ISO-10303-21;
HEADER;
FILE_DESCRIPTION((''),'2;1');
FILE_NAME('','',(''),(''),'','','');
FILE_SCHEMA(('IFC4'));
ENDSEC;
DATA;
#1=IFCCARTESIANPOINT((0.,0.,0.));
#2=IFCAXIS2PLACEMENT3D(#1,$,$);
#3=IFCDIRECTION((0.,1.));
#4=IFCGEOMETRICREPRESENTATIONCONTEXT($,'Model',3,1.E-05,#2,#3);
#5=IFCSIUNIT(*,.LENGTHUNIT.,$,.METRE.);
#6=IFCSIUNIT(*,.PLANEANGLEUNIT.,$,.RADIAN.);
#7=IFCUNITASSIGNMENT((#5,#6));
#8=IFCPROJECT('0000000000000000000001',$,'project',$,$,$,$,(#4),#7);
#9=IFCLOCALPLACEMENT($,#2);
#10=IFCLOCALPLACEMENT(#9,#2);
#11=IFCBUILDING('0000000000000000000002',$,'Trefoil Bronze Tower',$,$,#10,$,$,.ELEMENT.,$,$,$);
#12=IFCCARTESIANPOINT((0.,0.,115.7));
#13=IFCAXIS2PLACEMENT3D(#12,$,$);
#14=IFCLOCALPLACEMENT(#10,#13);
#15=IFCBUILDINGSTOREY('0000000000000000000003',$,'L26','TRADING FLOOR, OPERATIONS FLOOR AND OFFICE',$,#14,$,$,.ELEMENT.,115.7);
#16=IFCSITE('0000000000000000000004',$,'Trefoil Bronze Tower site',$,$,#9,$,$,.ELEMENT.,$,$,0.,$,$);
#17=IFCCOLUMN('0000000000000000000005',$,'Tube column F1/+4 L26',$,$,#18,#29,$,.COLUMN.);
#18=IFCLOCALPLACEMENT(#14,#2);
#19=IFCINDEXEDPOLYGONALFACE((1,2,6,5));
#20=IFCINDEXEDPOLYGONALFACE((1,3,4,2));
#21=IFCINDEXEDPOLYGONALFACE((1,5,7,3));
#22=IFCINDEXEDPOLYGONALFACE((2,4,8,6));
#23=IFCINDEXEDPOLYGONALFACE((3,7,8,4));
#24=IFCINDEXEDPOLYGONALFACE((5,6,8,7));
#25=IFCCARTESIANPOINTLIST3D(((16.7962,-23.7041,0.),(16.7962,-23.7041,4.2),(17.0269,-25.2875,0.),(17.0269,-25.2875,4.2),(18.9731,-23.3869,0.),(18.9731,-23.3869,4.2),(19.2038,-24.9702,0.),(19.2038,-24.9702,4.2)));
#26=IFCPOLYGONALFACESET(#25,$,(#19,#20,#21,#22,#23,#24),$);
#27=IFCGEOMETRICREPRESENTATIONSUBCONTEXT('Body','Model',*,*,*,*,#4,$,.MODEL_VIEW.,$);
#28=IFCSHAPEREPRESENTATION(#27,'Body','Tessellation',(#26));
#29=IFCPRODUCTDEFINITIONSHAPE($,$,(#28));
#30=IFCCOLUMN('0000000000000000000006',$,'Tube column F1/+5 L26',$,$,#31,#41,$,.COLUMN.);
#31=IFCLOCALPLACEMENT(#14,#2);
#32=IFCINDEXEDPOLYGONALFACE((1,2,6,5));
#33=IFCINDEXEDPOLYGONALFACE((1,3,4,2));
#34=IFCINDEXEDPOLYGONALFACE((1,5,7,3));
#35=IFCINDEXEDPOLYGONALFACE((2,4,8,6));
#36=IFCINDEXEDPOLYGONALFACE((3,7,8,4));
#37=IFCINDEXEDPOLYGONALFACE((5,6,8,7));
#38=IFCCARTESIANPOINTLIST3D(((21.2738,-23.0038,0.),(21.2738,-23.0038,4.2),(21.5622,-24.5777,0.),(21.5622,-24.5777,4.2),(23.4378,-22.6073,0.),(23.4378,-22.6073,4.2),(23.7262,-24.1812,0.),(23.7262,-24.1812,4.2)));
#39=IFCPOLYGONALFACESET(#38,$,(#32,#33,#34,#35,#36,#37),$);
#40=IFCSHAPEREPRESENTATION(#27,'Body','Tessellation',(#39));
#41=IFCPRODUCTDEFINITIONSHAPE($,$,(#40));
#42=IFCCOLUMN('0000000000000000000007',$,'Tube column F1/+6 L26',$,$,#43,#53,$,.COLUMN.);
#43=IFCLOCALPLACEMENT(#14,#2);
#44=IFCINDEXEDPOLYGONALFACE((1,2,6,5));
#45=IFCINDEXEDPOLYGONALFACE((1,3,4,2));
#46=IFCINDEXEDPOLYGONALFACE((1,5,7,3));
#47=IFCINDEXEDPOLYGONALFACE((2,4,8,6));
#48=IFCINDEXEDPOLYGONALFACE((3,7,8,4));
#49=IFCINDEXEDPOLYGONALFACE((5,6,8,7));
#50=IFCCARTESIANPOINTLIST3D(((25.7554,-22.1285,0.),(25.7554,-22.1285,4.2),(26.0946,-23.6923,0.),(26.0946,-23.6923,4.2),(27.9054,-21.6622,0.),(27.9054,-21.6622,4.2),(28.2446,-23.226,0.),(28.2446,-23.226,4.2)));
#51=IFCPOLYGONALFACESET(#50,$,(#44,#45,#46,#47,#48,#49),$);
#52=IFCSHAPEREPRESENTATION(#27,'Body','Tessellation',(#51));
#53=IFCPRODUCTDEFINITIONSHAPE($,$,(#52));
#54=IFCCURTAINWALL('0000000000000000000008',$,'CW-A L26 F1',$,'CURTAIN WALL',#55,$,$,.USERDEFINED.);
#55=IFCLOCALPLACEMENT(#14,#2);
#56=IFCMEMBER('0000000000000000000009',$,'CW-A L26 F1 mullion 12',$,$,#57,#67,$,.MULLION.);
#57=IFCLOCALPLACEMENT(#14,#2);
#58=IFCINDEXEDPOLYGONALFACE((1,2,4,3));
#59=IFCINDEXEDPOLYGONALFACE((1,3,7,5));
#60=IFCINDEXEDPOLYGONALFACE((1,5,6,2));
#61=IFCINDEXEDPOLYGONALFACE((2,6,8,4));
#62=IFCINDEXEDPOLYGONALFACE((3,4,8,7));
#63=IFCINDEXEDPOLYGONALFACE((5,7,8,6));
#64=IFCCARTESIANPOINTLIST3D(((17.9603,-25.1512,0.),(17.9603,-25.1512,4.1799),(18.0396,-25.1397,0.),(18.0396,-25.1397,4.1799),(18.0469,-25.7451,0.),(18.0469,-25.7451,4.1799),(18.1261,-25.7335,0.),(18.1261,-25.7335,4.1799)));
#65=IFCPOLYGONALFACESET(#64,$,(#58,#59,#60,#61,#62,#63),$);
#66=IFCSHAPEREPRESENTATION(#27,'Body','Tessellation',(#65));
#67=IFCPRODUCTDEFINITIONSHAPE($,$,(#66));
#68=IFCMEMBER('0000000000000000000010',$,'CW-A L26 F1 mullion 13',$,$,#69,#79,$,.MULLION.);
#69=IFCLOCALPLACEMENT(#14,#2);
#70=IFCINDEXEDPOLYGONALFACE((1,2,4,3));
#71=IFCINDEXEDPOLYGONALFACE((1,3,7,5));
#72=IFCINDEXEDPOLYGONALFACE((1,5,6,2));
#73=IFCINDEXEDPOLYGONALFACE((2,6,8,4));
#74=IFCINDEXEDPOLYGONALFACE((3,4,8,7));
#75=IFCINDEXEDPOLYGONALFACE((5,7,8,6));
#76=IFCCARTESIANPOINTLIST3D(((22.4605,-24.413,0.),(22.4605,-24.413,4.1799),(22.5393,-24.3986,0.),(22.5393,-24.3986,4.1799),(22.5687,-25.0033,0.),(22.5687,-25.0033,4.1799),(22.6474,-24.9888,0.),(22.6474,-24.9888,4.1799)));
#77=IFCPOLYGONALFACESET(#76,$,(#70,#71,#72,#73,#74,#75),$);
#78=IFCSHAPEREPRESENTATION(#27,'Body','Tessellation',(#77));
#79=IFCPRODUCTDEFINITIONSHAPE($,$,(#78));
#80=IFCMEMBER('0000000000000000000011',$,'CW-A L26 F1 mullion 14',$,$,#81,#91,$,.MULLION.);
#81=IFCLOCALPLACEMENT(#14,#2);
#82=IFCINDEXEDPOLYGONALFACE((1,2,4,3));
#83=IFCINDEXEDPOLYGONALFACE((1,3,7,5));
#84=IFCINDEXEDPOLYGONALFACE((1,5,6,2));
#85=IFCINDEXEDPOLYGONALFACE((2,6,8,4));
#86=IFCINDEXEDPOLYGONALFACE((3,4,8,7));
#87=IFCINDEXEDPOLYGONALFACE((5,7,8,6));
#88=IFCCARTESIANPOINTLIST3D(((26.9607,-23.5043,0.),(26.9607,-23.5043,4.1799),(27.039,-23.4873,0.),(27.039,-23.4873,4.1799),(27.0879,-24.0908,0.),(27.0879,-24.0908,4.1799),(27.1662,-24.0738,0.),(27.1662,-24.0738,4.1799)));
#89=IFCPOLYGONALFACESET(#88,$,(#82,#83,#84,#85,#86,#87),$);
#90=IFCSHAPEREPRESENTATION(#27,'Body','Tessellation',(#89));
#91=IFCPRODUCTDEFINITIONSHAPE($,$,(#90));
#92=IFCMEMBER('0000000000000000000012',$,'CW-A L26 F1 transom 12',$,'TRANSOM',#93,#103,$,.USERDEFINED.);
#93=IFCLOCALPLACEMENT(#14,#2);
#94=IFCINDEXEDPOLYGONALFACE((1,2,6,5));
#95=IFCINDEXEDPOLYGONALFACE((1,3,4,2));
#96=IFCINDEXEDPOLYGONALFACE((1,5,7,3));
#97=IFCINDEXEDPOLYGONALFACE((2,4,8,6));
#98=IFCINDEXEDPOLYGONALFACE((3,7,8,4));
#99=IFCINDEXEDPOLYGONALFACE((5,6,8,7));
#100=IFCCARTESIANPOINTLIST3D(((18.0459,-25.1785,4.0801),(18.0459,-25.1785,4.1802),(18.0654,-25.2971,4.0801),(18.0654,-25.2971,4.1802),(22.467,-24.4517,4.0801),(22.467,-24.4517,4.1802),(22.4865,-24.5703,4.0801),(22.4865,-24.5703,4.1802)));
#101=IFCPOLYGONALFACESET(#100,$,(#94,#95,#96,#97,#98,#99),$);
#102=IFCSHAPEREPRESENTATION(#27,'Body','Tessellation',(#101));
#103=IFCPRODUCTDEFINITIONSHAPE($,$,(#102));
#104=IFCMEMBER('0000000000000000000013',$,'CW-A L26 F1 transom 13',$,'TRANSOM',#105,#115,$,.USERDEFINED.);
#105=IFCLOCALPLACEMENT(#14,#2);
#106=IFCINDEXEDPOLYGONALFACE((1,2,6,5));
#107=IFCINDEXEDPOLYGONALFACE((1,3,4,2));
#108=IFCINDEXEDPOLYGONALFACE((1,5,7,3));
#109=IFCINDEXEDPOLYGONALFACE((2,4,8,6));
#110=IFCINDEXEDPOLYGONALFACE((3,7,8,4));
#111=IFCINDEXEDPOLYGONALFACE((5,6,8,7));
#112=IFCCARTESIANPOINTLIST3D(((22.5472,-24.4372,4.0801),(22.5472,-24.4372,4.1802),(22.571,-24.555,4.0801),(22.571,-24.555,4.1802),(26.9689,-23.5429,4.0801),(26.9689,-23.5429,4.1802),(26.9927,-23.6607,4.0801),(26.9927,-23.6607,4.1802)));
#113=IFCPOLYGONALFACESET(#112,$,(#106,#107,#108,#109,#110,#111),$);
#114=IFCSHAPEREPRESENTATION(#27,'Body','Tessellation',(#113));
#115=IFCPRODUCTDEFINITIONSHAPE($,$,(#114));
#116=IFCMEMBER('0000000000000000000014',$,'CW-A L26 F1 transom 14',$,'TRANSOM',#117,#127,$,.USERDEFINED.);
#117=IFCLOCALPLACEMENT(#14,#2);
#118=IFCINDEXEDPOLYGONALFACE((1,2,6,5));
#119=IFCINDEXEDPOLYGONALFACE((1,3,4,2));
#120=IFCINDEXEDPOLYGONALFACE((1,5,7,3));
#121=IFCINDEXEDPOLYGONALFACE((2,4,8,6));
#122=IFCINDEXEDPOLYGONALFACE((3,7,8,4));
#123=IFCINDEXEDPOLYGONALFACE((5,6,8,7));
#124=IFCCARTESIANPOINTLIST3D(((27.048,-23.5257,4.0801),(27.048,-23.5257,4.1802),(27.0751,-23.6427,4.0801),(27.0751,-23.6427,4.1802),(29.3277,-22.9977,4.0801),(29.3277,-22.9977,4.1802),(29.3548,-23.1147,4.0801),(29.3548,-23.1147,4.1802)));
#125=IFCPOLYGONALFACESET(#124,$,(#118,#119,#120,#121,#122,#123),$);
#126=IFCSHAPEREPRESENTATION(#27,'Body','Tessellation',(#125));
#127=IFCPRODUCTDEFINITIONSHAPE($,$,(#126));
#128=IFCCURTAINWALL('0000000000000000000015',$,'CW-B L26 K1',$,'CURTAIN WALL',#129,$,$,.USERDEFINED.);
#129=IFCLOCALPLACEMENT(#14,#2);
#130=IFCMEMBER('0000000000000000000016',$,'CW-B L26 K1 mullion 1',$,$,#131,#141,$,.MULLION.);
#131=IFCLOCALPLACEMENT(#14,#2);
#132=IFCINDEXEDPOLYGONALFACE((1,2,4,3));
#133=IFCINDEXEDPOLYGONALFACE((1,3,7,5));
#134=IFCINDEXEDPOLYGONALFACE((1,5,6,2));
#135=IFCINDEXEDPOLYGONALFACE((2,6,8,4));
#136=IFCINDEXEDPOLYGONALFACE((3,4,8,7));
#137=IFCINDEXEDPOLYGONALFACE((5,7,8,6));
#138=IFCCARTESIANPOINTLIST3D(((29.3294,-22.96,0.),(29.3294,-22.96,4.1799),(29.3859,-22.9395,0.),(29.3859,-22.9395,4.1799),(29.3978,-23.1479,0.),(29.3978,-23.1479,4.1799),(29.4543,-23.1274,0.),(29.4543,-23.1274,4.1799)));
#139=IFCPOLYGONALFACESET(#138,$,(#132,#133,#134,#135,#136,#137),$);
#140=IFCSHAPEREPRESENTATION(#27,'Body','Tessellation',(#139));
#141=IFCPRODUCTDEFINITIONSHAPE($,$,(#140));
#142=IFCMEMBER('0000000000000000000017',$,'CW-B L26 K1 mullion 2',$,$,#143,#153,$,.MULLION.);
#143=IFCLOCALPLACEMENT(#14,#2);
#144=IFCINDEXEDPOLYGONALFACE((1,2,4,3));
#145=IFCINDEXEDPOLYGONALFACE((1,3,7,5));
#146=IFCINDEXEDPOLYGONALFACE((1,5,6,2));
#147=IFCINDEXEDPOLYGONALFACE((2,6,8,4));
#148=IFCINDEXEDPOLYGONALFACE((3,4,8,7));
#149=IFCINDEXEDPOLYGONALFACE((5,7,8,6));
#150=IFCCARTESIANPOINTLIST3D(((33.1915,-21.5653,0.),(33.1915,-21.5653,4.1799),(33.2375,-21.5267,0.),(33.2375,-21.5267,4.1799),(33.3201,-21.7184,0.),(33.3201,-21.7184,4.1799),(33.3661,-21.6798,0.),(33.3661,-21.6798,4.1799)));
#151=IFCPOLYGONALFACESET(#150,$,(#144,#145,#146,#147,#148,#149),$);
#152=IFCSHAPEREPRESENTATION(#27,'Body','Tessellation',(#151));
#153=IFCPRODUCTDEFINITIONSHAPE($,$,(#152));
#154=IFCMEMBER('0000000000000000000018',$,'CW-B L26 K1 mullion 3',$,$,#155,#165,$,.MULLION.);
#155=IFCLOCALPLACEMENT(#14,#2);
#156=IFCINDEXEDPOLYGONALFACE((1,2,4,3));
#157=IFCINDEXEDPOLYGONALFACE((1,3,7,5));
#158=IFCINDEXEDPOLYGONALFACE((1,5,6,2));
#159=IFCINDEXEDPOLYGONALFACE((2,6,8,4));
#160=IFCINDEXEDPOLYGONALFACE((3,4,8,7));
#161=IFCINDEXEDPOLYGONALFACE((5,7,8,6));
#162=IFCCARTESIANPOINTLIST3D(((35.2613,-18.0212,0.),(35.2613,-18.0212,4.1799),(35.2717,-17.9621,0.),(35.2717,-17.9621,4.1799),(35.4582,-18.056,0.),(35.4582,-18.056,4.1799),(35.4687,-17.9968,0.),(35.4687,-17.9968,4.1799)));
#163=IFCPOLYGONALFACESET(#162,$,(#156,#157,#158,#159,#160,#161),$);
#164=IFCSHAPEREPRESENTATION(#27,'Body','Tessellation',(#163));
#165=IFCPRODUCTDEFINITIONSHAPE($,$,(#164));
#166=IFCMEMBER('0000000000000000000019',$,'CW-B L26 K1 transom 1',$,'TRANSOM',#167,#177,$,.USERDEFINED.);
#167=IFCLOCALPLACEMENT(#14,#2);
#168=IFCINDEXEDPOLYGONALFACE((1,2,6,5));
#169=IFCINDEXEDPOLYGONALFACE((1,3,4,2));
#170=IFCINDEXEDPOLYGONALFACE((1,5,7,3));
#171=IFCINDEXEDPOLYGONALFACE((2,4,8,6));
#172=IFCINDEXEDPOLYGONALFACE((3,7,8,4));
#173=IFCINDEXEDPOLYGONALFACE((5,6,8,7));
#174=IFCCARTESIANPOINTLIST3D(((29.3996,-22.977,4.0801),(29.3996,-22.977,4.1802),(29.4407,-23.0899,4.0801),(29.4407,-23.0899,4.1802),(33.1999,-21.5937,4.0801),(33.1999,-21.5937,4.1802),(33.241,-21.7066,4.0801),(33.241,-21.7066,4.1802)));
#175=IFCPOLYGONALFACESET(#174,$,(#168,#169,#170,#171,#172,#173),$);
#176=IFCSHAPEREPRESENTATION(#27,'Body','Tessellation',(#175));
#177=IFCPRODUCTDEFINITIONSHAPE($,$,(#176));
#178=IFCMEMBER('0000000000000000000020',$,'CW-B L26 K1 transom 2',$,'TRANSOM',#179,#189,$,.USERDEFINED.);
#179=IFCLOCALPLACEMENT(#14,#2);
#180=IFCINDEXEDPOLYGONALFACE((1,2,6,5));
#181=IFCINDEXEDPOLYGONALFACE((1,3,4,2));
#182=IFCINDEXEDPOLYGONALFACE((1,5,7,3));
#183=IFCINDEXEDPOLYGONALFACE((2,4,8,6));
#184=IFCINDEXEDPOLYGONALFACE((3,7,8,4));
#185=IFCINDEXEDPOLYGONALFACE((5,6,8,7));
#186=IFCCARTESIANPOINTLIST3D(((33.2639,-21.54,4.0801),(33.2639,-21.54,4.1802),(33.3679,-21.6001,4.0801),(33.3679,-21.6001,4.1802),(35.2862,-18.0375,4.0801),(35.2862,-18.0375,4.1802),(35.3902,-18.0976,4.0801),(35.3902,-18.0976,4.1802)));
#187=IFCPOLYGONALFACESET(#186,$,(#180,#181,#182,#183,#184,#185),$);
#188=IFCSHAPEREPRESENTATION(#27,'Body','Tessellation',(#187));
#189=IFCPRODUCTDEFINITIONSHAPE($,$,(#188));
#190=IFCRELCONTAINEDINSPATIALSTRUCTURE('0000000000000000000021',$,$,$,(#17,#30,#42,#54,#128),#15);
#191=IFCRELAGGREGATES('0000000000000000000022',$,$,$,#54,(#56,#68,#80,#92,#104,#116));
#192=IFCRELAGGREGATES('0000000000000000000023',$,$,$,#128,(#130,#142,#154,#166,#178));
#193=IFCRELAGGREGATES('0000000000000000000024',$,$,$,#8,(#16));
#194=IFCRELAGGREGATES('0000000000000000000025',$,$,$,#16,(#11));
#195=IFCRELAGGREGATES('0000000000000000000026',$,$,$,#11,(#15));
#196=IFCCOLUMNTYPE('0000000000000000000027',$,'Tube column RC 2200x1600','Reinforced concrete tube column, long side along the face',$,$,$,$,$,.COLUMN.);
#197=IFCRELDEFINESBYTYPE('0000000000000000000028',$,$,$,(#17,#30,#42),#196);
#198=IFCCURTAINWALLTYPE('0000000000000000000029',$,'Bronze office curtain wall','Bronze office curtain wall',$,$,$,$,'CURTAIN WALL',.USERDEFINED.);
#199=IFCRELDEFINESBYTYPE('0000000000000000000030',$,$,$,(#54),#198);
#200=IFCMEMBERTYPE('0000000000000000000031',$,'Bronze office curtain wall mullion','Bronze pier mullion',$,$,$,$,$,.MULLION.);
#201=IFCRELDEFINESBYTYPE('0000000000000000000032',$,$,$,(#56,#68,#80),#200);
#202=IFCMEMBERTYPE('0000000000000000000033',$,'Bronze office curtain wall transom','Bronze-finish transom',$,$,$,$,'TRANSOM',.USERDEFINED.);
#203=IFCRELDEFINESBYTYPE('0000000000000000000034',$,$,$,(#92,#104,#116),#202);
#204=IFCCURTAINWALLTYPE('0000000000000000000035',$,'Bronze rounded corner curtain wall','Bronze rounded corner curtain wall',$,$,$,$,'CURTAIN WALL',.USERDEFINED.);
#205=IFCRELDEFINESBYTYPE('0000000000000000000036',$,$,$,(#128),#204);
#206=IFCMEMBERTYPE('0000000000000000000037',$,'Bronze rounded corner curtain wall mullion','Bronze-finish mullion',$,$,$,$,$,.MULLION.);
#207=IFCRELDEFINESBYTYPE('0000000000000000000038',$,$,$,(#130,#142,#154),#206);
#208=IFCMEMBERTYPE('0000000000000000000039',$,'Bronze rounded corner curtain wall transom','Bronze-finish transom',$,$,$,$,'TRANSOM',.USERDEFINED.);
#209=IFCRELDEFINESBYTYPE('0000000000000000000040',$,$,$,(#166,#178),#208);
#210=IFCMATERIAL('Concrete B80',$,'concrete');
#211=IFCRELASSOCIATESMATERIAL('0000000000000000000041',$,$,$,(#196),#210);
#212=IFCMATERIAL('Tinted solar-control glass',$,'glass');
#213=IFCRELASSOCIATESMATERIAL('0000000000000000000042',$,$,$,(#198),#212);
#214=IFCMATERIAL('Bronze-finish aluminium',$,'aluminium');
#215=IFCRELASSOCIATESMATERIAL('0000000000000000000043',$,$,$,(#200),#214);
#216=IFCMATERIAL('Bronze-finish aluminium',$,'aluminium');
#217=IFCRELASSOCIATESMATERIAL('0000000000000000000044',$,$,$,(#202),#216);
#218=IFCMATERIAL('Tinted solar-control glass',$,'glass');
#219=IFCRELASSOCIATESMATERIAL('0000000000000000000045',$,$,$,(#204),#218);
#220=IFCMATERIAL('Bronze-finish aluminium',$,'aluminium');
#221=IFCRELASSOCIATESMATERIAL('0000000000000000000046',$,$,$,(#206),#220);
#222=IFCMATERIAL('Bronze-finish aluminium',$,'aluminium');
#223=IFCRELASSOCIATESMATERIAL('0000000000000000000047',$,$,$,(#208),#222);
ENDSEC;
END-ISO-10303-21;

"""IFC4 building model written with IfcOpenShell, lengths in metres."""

from ifc_helpers import new_model, si_unit, direction, frame, origin, origin_2d, place, context, subcontext, project, spatial, rectangle, extrude, material, material_profile, profile_set, type_object, element, aggregate, save


model = new_model("IFC4")

# Units and contexts
model_context = context("Model", 3, precision=1e-05, world=origin(), true_north=direction((0.0, 1.0)))
body_context = subcontext(model_context, "Body", "Model", "MODEL_VIEW")
ifc_project = project(units=[si_unit("LENGTHUNIT", "METRE"), si_unit("PLANEANGLEUNIT", "RADIAN")], contexts=[model_context])

# Site, building, storey
site_placement = place(None, origin())
site = spatial("IfcSite", under=ifc_project, at=site_placement, Name="Trefoil Bronze Tower site", CompositionType="ELEMENT", RefElevation=0.0)
building_placement = place(site_placement, origin())
building = spatial("IfcBuilding", under=site, at=building_placement, Name="Trefoil Bronze Tower", CompositionType="ELEMENT")
storey_placement = place(building_placement, frame((0.0, 0.0, 115.7)))
storey = spatial("IfcBuildingStorey", under=building, at=storey_placement, Name="L26", Description="TRADING FLOOR, OPERATIONS FLOOR AND OFFICE", CompositionType="ELEMENT", Elevation=115.7)

# Columns
ifc_material_1 = material(Name="Concrete B80", Category="concrete")
ifc_material_profile_1 = material_profile(ifc_material_1, rectangle(XDim=2.2, YDim=1.6001, at=origin_2d()), Name="RC 2200x1600")
ifc_profile_set_1 = profile_set([ifc_material_profile_1], Name="Concrete B80")
column_type = type_object("IfcColumnType", Name="Tube column RC 2200x1600", Description="Reinforced concrete tube column, long side along the face", PredefinedType="COLUMN", material=ifc_profile_set_1)
for number, where, z_axis, x_axis, name in (
    (1, (18.0, -24.3372, 0.0), (0.0, 0.0, 1.0), (0.98955, 0.144192, 0.0), "Tube column F1/+4 L26"),
    (2, (22.5, -23.5925, 0.0), (0.0, 0.0, 1.0), (0.983623, 0.180241, 0.0), "Tube column F1/+5 L26"),
    (3, (27.0, -22.6772, 0.0), (0.0, 0.0, 1.0), (0.977276, 0.21197, 0.0), "Tube column F1/+6 L26"),
):
    element("IfcColumn", number, at=place(storey_placement, frame(where, z_axis=z_axis, x_axis=x_axis)), inside=storey, type_object=column_type, Name=name, PredefinedType="COLUMN", context=body_context, shape_type="SweptSolid", body=[
        extrude(rectangle(XDim=2.2, YDim=1.6001, at=origin_2d()), origin(), (0.0, 0.0, 1.0), 4.2),
    ])

# Curtain walls, members
ifc_material_2 = material(Name="Tinted solar-control glass", Category="glass")
curtain_wall_type_1 = type_object("IfcCurtainWallType", Name="Bronze office curtain wall", Description="Bronze office curtain wall", ElementType="CURTAIN WALL", PredefinedType="USERDEFINED", material=ifc_material_2)
curtain_wall_1_placement = place(storey_placement, origin())
curtain_wall_1 = element("IfcCurtainWall", 4, at=curtain_wall_1_placement, inside=storey, type_object=curtain_wall_type_1, Name="CW-A L26 F1", ObjectType="CURTAIN WALL", PredefinedType="USERDEFINED")
ifc_material_3 = material(Name="Bronze-finish aluminium", Category="aluminium")
ifc_material_profile_2 = material_profile(ifc_material_3, rectangle(XDim=0.6001, YDim=0.0801, at=origin_2d()), Name="CW-A mullion")
ifc_profile_set_2 = profile_set([ifc_material_profile_2], Name="Bronze-finish aluminium")
member_type_1 = type_object("IfcMemberType", Name="Bronze office curtain wall mullion", Description="Bronze pier mullion", PredefinedType="MULLION", material=ifc_profile_set_2)
member_1_placement = place(storey_placement, frame((18.0432, -25.4424, 0.0), z_axis=(0.0, 0.0, 1.0), x_axis=(-0.144192, 0.98955, 0.0)))
member_1 = element("IfcMember", 5, at=member_1_placement, type_object=member_type_1, Name="CW-A L26 F1 mullion 12", PredefinedType="MULLION", context=body_context, shape_type="SweptSolid", body=[
    extrude(rectangle(XDim=0.6001, YDim=0.0801, at=origin_2d()), origin(), (0.0, 0.0, 1.0), 4.1799),
])
member_2_placement = place(storey_placement, frame((22.554, -24.7009, 0.0), z_axis=(0.0, 0.0, 1.0), x_axis=(-0.180241, 0.983623, 0.0)))
member_2 = element("IfcMember", 6, at=member_2_placement, type_object=member_type_1, Name="CW-A L26 F1 mullion 13", PredefinedType="MULLION", context=body_context, shape_type="SweptSolid", body=[
    extrude(rectangle(XDim=0.6001, YDim=0.0801, at=origin_2d()), origin(), (0.0, 0.0, 1.0), 4.1799),
])
member_3_placement = place(storey_placement, frame((27.0635, -23.7891, 0.0), z_axis=(0.0, 0.0, 1.0), x_axis=(-0.21197, 0.977276, 0.0)))
member_3 = element("IfcMember", 7, at=member_3_placement, type_object=member_type_1, Name="CW-A L26 F1 mullion 14", PredefinedType="MULLION", context=body_context, shape_type="SweptSolid", body=[
    extrude(rectangle(XDim=0.6001, YDim=0.0801, at=origin_2d()), origin(), (0.0, 0.0, 1.0), 4.1799),
])
ifc_material_4 = material(Name="Bronze-finish aluminium", Category="aluminium")
ifc_material_profile_3 = material_profile(ifc_material_4, rectangle(XDim=0.1201, YDim=0.1001, at=origin_2d()), Name="CW-A transom")
ifc_profile_set_3 = profile_set([ifc_material_profile_3], Name="Bronze-finish aluminium")
member_type_2 = type_object("IfcMemberType", Name="Bronze office curtain wall transom", Description="Bronze-finish transom", ElementType="TRANSOM", PredefinedType="USERDEFINED", material=ifc_profile_set_3)
member_4_placement = place(storey_placement, frame((18.0557, -25.2378, 4.1301), z_axis=(0.986755, 0.162216, 0.0), x_axis=(-0.162216, 0.986755, 0.0)))
member_4 = element("IfcMember", 8, at=member_4_placement, type_object=member_type_2, Name="CW-A L26 F1 transom 12", ObjectType="TRANSOM", PredefinedType="USERDEFINED", context=body_context, shape_type="SweptSolid", body=[
    extrude(rectangle(XDim=0.1201, YDim=0.1001, at=origin_2d()), origin(), (0.0, 0.0, 1.0), 4.4805),
])
member_5_placement = place(storey_placement, frame((22.5591, -24.4961, 4.1301), z_axis=(0.980154, 0.198239, 0.0), x_axis=(-0.198239, 0.980154, 0.0)))
member_5 = element("IfcMember", 9, at=member_5_placement, type_object=member_type_2, Name="CW-A L26 F1 transom 13", ObjectType="TRANSOM", PredefinedType="USERDEFINED", context=body_context, shape_type="SweptSolid", body=[
    extrude(rectangle(XDim=0.1201, YDim=0.1001, at=origin_2d()), origin(), (0.0, 0.0, 1.0), 4.5112),
])
member_6_placement = place(storey_placement, frame((27.0615, -23.5842, 4.1301), z_axis=(0.974206, 0.225659, 0.0), x_axis=(-0.225659, 0.974206, 0.0)))
member_6 = element("IfcMember", 10, at=member_6_placement, type_object=member_type_2, Name="CW-A L26 F1 transom 14", ObjectType="TRANSOM", PredefinedType="USERDEFINED", context=body_context, shape_type="SweptSolid", body=[
    extrude(rectangle(XDim=0.1201, YDim=0.1001, at=origin_2d()), origin(), (0.0, 0.0, 1.0), 2.3401),
])
ifc_material_5 = material(Name="Tinted solar-control glass", Category="glass")
curtain_wall_type_2 = type_object("IfcCurtainWallType", Name="Bronze rounded corner curtain wall", Description="Bronze rounded corner curtain wall", ElementType="CURTAIN WALL", PredefinedType="USERDEFINED", material=ifc_material_5)
curtain_wall_2_placement = place(storey_placement, origin())
curtain_wall_2 = element("IfcCurtainWall", 11, at=curtain_wall_2_placement, inside=storey, type_object=curtain_wall_type_2, Name="CW-B L26 K1", ObjectType="CURTAIN WALL", PredefinedType="USERDEFINED")
ifc_material_6 = material(Name="Bronze-finish aluminium", Category="aluminium")
ifc_material_profile_4 = material_profile(ifc_material_6, rectangle(XDim=0.2, YDim=0.0601, at=origin_2d()), Name="CW-B mullion")
ifc_profile_set_4 = profile_set([ifc_material_profile_4], Name="Bronze-finish aluminium")
member_type_3 = type_object("IfcMemberType", Name="Bronze rounded corner curtain wall mullion", Description="Bronze-finish mullion", PredefinedType="MULLION", material=ifc_profile_set_4)
member_7_placement = place(storey_placement, frame((29.3918, -23.0437, 0.0), z_axis=(0.0, 0.0, 1.0), x_axis=(-0.34202, 0.939693, 0.0)))
member_7 = element("IfcMember", 12, at=member_7_placement, type_object=member_type_3, Name="CW-B L26 K1 mullion 1", PredefinedType="MULLION", context=body_context, shape_type="SweptSolid", body=[
    extrude(rectangle(XDim=0.2, YDim=0.0601, at=origin_2d()), origin(), (0.0, 0.0, 1.0), 4.1799),
])
member_8_placement = place(storey_placement, frame((33.2788, -21.6226, 0.0), z_axis=(0.0, 0.0, 1.0), x_axis=(-0.642788, 0.766044, 0.0)))
member_8 = element("IfcMember", 13, at=member_8_placement, type_object=member_type_3, Name="CW-B L26 K1 mullion 2", PredefinedType="MULLION", context=body_context, shape_type="SweptSolid", body=[
    extrude(rectangle(XDim=0.2, YDim=0.0601, at=origin_2d()), origin(), (0.0, 0.0, 1.0), 4.1799),
])
member_9_placement = place(storey_placement, frame((35.365, -18.009, 0.0), z_axis=(0.0, 0.0, 1.0), x_axis=(-0.984808, 0.173648, 0.0)))
member_9 = element("IfcMember", 14, at=member_9_placement, type_object=member_type_3, Name="CW-B L26 K1 mullion 3", PredefinedType="MULLION", context=body_context, shape_type="SweptSolid", body=[
    extrude(rectangle(XDim=0.2, YDim=0.0601, at=origin_2d()), origin(), (0.0, 0.0, 1.0), 4.1799),
])
ifc_material_7 = material(Name="Bronze-finish aluminium", Category="aluminium")
ifc_material_profile_5 = material_profile(ifc_material_7, rectangle(XDim=0.1201, YDim=0.1001, at=origin_2d()), Name="CW-B transom")
ifc_profile_set_5 = profile_set([ifc_material_profile_5], Name="Bronze-finish aluminium")
member_type_4 = type_object("IfcMemberType", Name="Bronze rounded corner curtain wall transom", Description="Bronze-finish transom", ElementType="TRANSOM", PredefinedType="USERDEFINED", material=ifc_profile_set_5)
member_10_placement = place(storey_placement, frame((29.4202, -23.0334, 4.1301), z_axis=(0.939684, 0.342044, 0.0), x_axis=(-0.342044, 0.939684, 0.0)))
member_10 = element("IfcMember", 15, at=member_10_placement, type_object=member_type_4, Name="CW-B L26 K1 transom 1", ObjectType="TRANSOM", PredefinedType="USERDEFINED", context=body_context, shape_type="SweptSolid", body=[
    extrude(rectangle(XDim=0.1201, YDim=0.1001, at=origin_2d()), origin(), (0.0, 0.0, 1.0), 4.0442),
])
member_11_placement = place(storey_placement, frame((33.3159, -21.5701, 4.1301), z_axis=(0.500015, 0.866017, 0.0), x_axis=(-0.866017, 0.500015, 0.0)))
member_11 = element("IfcMember", 16, at=member_11_placement, type_object=member_type_4, Name="CW-B L26 K1 transom 2", ObjectType="TRANSOM", PredefinedType="USERDEFINED", context=body_context, shape_type="SweptSolid", body=[
    extrude(rectangle(XDim=0.1201, YDim=0.1001, at=origin_2d()), origin(), (0.0, 0.0, 1.0), 4.0444),
])

aggregate(curtain_wall_1, [member_1, member_2, member_3, member_4, member_5, member_6])
aggregate(curtain_wall_2, [member_7, member_8, member_9, member_10, member_11])

save(model, "model.ifc")
